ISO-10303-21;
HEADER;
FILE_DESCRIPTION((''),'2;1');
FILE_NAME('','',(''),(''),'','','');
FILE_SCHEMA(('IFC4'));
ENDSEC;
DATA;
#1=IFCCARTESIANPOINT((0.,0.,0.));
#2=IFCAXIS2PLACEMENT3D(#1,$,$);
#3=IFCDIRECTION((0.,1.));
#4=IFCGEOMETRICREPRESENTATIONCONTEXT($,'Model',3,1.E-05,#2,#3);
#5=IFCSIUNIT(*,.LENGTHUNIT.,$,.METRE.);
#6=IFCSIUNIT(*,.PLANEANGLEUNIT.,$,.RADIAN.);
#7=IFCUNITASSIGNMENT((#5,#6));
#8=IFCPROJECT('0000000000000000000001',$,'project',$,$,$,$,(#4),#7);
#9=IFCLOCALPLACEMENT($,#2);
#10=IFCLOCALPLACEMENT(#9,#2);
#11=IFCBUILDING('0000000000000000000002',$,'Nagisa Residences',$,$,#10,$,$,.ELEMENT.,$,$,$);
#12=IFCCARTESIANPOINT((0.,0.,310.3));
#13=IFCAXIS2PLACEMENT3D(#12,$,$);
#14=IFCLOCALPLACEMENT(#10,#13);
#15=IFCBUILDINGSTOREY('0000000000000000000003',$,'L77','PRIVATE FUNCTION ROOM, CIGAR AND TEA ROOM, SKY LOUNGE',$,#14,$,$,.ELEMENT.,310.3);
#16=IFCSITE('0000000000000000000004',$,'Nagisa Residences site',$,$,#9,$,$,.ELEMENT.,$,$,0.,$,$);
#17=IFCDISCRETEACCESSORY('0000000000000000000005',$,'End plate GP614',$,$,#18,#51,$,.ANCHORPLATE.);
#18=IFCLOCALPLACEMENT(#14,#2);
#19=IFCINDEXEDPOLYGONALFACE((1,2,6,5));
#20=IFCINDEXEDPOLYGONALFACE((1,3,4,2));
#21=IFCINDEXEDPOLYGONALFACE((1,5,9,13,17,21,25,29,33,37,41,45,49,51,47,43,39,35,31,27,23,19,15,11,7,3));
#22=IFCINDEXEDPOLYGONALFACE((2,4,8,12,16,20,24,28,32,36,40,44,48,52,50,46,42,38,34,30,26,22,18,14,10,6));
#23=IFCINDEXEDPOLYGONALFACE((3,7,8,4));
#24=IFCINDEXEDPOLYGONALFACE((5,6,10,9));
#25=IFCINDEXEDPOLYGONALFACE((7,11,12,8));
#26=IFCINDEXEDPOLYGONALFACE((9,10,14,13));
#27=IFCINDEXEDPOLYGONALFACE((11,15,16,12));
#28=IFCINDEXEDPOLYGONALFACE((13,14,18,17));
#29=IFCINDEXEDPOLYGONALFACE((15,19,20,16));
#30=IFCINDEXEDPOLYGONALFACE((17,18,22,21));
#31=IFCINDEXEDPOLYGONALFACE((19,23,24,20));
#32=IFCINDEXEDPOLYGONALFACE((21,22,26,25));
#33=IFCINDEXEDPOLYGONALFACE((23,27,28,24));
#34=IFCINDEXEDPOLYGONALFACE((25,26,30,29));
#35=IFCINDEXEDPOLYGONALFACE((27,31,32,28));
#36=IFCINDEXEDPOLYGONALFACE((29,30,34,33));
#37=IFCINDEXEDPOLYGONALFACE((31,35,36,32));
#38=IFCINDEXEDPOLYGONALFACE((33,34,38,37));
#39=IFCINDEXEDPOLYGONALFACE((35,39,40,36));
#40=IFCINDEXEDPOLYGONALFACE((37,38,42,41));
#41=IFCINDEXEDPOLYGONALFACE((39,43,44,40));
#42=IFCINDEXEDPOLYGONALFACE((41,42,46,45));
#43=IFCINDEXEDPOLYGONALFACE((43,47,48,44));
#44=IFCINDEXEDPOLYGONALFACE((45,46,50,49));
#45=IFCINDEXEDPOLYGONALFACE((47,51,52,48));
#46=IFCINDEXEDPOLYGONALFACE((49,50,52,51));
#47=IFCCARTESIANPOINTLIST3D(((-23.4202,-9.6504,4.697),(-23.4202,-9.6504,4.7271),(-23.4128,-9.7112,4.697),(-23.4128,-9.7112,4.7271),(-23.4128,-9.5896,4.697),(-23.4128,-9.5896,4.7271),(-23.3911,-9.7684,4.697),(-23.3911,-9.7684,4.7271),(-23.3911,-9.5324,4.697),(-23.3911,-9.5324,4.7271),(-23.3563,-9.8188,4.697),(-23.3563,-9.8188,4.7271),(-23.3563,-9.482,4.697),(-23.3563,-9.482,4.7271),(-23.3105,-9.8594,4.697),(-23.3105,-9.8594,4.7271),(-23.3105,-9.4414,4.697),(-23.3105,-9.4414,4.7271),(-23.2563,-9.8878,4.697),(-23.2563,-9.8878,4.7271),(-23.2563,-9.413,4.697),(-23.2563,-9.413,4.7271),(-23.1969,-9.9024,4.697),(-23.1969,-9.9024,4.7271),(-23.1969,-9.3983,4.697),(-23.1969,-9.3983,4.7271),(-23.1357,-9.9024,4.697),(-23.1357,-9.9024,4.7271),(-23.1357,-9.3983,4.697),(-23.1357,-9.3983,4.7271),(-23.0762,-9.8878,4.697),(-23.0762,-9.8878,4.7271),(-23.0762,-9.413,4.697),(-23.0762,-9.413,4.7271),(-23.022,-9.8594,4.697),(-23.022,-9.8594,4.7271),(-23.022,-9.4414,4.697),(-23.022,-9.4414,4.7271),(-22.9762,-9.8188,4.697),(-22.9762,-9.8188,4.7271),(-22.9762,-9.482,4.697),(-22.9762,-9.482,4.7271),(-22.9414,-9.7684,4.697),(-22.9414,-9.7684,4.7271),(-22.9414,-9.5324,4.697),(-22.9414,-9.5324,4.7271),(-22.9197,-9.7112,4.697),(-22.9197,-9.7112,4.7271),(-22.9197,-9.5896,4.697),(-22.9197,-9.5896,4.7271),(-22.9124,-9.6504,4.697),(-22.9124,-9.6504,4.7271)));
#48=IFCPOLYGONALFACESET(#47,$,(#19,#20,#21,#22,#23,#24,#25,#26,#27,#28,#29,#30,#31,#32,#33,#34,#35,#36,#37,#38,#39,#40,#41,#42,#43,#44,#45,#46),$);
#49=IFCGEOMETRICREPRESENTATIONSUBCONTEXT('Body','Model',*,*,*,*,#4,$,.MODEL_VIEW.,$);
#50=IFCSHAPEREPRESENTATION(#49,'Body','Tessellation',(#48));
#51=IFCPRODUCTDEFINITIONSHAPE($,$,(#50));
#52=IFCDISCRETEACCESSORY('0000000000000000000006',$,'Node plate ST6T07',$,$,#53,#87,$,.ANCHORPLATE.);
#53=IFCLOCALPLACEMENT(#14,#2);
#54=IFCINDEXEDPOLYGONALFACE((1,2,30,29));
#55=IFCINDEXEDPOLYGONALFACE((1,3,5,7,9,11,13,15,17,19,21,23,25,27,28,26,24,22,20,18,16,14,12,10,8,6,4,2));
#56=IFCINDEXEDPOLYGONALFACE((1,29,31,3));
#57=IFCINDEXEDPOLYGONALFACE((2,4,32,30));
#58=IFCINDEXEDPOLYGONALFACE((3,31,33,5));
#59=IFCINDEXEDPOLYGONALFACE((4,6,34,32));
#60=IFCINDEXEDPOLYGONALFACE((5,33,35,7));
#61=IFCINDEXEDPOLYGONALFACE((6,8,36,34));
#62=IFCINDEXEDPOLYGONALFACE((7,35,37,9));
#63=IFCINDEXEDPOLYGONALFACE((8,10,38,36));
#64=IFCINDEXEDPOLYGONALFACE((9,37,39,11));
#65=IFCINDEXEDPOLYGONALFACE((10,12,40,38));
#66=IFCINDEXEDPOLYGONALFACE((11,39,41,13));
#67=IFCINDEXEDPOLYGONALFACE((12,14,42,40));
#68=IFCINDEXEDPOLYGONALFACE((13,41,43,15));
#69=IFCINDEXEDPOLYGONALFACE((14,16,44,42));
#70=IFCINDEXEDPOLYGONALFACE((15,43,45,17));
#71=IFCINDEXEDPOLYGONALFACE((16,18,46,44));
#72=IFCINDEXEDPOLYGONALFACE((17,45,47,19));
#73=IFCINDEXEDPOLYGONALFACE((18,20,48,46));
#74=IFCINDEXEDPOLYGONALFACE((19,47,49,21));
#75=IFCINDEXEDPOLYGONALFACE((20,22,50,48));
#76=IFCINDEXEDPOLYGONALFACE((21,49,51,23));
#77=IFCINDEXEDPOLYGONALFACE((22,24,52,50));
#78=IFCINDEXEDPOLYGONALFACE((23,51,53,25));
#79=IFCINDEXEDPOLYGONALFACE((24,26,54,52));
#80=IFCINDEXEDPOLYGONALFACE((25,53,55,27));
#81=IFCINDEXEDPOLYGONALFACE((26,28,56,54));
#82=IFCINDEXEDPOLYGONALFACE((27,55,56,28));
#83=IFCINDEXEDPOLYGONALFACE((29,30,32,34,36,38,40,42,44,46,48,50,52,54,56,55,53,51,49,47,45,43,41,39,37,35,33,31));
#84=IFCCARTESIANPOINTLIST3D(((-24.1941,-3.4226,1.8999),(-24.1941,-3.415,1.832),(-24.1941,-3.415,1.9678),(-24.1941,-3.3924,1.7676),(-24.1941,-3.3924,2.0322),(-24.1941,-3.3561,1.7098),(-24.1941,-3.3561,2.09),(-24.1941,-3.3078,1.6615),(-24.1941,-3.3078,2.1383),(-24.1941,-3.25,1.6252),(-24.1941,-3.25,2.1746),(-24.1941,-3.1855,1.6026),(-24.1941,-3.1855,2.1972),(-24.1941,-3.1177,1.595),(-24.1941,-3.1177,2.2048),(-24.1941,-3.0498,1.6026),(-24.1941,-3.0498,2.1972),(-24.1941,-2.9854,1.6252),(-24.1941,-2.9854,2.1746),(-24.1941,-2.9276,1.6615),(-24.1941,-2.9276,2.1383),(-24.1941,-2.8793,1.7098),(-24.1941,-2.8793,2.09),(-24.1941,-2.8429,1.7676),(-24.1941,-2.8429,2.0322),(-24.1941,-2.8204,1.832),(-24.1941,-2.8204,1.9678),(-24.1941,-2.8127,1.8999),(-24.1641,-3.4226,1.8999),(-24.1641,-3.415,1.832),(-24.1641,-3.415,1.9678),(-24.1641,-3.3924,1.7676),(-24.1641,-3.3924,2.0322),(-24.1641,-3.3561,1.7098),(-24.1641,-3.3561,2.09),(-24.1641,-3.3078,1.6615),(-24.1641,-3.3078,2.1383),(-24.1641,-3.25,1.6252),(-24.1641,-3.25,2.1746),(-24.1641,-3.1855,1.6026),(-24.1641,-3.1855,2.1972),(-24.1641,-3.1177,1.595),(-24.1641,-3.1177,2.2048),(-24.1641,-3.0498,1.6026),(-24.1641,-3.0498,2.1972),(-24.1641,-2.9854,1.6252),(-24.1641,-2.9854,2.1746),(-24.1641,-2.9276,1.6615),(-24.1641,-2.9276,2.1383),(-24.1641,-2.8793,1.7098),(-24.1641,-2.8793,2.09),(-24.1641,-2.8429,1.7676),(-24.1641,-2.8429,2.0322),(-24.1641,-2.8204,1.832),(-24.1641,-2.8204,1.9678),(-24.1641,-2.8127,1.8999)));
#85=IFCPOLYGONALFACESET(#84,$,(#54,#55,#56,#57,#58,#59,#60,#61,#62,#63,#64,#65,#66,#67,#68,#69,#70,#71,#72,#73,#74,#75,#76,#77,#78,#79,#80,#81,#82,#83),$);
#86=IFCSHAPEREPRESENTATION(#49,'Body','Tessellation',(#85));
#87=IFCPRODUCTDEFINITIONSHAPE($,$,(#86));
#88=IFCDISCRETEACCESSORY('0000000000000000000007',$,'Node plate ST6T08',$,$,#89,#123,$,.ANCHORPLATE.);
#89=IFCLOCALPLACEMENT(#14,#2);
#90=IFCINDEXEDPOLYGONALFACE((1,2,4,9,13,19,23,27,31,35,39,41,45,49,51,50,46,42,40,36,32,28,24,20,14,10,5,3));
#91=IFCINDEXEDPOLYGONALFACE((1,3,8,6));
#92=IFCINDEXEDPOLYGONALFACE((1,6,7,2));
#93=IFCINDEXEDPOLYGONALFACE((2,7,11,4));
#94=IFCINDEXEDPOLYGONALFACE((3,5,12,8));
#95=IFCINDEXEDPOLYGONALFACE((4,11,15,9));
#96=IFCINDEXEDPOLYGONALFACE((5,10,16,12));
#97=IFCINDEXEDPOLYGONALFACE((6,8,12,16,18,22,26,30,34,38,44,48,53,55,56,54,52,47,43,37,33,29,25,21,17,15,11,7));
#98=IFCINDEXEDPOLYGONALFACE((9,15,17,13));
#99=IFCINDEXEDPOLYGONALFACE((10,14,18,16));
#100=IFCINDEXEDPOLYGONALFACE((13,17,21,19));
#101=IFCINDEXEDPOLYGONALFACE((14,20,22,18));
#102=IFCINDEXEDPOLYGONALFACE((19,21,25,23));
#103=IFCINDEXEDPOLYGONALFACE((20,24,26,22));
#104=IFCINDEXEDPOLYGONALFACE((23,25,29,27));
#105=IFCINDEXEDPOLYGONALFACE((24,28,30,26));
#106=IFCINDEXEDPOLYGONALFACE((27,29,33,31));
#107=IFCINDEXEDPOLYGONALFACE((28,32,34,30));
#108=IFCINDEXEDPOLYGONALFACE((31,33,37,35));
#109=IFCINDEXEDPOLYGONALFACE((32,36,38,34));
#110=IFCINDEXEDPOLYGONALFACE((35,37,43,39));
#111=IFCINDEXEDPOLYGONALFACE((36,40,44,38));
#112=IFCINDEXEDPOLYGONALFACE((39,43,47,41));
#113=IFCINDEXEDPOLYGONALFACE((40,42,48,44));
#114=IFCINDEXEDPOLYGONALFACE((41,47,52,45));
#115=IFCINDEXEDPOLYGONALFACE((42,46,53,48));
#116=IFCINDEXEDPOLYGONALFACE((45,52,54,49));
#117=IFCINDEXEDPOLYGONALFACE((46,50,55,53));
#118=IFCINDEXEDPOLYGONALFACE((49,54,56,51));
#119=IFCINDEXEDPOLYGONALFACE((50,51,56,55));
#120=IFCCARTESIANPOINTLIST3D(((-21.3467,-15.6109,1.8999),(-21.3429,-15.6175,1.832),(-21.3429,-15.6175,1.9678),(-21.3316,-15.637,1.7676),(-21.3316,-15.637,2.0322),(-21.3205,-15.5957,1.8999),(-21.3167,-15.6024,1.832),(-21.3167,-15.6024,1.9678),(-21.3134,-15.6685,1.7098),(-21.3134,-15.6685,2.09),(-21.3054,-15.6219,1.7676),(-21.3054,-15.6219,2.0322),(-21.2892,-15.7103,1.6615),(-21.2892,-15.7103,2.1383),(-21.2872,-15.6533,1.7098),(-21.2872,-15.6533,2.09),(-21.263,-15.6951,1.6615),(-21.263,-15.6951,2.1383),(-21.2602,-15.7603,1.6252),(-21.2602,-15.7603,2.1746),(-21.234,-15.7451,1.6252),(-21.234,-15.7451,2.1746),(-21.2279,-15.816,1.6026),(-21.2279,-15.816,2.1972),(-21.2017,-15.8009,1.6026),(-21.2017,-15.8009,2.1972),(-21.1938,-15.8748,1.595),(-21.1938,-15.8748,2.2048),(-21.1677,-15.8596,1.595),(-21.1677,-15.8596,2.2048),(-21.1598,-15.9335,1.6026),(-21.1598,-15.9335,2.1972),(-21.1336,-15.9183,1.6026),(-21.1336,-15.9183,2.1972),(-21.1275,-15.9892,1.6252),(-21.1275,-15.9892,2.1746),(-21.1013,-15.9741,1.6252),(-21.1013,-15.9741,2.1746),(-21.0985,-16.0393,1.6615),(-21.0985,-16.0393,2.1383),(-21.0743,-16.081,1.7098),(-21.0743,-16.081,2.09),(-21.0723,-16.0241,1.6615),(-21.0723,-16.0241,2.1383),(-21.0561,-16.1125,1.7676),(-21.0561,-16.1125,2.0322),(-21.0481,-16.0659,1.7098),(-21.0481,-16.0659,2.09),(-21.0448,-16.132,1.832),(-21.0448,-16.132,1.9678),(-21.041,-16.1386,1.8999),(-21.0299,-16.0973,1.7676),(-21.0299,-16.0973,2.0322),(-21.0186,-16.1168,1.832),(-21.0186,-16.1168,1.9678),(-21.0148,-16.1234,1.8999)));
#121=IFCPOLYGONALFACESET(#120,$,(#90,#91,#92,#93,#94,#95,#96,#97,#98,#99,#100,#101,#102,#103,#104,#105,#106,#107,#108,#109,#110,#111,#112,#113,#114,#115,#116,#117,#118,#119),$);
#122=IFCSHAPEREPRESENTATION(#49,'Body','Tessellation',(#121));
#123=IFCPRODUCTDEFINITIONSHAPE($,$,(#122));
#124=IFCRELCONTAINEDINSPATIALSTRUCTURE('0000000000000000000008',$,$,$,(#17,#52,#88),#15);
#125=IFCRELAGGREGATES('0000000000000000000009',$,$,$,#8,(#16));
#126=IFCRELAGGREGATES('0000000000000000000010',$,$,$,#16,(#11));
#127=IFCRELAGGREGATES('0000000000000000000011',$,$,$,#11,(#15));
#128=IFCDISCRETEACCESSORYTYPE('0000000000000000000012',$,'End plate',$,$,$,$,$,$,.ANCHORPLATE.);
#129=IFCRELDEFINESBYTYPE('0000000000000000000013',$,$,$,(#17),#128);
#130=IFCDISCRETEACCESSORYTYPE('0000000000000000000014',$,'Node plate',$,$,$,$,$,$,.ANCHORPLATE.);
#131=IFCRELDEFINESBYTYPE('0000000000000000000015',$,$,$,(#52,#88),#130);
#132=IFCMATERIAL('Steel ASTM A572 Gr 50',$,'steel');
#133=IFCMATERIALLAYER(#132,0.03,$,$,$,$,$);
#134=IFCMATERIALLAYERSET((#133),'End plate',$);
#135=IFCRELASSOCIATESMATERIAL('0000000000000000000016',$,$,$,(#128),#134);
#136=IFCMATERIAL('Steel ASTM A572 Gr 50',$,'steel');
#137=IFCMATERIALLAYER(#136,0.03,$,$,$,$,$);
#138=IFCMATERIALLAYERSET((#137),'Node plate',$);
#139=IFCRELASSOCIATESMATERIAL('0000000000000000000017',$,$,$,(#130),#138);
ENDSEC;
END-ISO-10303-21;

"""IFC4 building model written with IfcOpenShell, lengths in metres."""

from ifc_helpers import new_model, si_unit, direction, frame, origin, origin_2d, place, context, subcontext, project, spatial, circle, extrude, material, layer, layer_set, type_object, element, save


model = new_model("IFC4")

# Units and contexts
model_context = context("Model", 3, precision=1e-05, world=origin(), true_north=direction((0.0, 1.0)))
body_context = subcontext(model_context, "Body", "Model", "MODEL_VIEW")
ifc_project = project(units=[si_unit("LENGTHUNIT", "METRE"), si_unit("PLANEANGLEUNIT", "RADIAN")], contexts=[model_context])

# Site, building, storey
site_placement = place(None, origin())
site = spatial("IfcSite", under=ifc_project, at=site_placement, Name="Nagisa Residences site", CompositionType="ELEMENT", RefElevation=0.0)
building_placement = place(site_placement, origin())
building = spatial("IfcBuilding", under=site, at=building_placement, Name="Nagisa Residences", CompositionType="ELEMENT")
storey_placement = place(building_placement, frame((0.0, 0.0, 310.3)))
storey = spatial("IfcBuildingStorey", under=building, at=storey_placement, Name="L77", Description="PRIVATE FUNCTION ROOM, CIGAR AND TEA ROOM, SKY LOUNGE", CompositionType="ELEMENT", Elevation=310.3)

# Discrete accessories
ifc_material_1 = material(Name="Steel ASTM A572 Gr 50", Category="steel")
ifc_layer_1 = layer(ifc_material_1, 0.03)
ifc_layer_set_1 = layer_set([ifc_layer_1], Name="End plate")
discrete_accessory_type_1 = type_object("IfcDiscreteAccessoryType", Name="End plate", PredefinedType="ANCHORPLATE", material=ifc_layer_set_1)
for number, where, z_axis, x_axis, name in (
    (1, (-23.1663, -9.6504, 4.697), (0.0, 0.0, 1.0), (1.0, 0.0, 0.0), "End plate GP614"),
):
    element("IfcDiscreteAccessory", number, at=place(storey_placement, frame(where, z_axis=z_axis, x_axis=x_axis)), inside=storey, type_object=discrete_accessory_type_1, Name=name, PredefinedType="ANCHORPLATE", context=body_context, shape_type="SweptSolid", body=[
        extrude(circle(Radius=0.2539, at=origin_2d()), origin(), (0.0, 0.0, 1.0), 0.03),
    ])
ifc_material_2 = material(Name="Steel ASTM A572 Gr 50", Category="steel")
ifc_layer_2 = layer(ifc_material_2, 0.03)
ifc_layer_set_2 = layer_set([ifc_layer_2], Name="Node plate")
discrete_accessory_type_2 = type_object("IfcDiscreteAccessoryType", Name="Node plate", PredefinedType="ANCHORPLATE", material=ifc_layer_set_2)
discrete_accessory_1_placement = place(storey_placement, frame((-24.1941, -3.1177, 1.8999), z_axis=(1.0, 0.0, 0.0), x_axis=(0.0, 1.0, 0.0)))
element("IfcDiscreteAccessory", 2, at=discrete_accessory_1_placement, inside=storey, type_object=discrete_accessory_type_2, Name="Node plate ST6T07", PredefinedType="ANCHORPLATE", context=body_context, shape_type="SweptSolid", body=[
    extrude(circle(Radius=0.3049, at=origin_2d()), origin(), (0.0, 0.0, 1.0), 0.03),
])
discrete_accessory_2_placement = place(storey_placement, frame((-21.1938, -15.8748, 1.8999), z_axis=(0.865242, 0.501355, 0.0), x_axis=(-0.501355, 0.865242, 0.0)))
element("IfcDiscreteAccessory", 3, at=discrete_accessory_2_placement, inside=storey, type_object=discrete_accessory_type_2, Name="Node plate ST6T08", PredefinedType="ANCHORPLATE", context=body_context, shape_type="SweptSolid", body=[
    extrude(circle(Radius=0.3049, at=origin_2d()), origin(), (0.0, 0.0, 1.0), 0.0303),
])

save(model, "model.ifc")
